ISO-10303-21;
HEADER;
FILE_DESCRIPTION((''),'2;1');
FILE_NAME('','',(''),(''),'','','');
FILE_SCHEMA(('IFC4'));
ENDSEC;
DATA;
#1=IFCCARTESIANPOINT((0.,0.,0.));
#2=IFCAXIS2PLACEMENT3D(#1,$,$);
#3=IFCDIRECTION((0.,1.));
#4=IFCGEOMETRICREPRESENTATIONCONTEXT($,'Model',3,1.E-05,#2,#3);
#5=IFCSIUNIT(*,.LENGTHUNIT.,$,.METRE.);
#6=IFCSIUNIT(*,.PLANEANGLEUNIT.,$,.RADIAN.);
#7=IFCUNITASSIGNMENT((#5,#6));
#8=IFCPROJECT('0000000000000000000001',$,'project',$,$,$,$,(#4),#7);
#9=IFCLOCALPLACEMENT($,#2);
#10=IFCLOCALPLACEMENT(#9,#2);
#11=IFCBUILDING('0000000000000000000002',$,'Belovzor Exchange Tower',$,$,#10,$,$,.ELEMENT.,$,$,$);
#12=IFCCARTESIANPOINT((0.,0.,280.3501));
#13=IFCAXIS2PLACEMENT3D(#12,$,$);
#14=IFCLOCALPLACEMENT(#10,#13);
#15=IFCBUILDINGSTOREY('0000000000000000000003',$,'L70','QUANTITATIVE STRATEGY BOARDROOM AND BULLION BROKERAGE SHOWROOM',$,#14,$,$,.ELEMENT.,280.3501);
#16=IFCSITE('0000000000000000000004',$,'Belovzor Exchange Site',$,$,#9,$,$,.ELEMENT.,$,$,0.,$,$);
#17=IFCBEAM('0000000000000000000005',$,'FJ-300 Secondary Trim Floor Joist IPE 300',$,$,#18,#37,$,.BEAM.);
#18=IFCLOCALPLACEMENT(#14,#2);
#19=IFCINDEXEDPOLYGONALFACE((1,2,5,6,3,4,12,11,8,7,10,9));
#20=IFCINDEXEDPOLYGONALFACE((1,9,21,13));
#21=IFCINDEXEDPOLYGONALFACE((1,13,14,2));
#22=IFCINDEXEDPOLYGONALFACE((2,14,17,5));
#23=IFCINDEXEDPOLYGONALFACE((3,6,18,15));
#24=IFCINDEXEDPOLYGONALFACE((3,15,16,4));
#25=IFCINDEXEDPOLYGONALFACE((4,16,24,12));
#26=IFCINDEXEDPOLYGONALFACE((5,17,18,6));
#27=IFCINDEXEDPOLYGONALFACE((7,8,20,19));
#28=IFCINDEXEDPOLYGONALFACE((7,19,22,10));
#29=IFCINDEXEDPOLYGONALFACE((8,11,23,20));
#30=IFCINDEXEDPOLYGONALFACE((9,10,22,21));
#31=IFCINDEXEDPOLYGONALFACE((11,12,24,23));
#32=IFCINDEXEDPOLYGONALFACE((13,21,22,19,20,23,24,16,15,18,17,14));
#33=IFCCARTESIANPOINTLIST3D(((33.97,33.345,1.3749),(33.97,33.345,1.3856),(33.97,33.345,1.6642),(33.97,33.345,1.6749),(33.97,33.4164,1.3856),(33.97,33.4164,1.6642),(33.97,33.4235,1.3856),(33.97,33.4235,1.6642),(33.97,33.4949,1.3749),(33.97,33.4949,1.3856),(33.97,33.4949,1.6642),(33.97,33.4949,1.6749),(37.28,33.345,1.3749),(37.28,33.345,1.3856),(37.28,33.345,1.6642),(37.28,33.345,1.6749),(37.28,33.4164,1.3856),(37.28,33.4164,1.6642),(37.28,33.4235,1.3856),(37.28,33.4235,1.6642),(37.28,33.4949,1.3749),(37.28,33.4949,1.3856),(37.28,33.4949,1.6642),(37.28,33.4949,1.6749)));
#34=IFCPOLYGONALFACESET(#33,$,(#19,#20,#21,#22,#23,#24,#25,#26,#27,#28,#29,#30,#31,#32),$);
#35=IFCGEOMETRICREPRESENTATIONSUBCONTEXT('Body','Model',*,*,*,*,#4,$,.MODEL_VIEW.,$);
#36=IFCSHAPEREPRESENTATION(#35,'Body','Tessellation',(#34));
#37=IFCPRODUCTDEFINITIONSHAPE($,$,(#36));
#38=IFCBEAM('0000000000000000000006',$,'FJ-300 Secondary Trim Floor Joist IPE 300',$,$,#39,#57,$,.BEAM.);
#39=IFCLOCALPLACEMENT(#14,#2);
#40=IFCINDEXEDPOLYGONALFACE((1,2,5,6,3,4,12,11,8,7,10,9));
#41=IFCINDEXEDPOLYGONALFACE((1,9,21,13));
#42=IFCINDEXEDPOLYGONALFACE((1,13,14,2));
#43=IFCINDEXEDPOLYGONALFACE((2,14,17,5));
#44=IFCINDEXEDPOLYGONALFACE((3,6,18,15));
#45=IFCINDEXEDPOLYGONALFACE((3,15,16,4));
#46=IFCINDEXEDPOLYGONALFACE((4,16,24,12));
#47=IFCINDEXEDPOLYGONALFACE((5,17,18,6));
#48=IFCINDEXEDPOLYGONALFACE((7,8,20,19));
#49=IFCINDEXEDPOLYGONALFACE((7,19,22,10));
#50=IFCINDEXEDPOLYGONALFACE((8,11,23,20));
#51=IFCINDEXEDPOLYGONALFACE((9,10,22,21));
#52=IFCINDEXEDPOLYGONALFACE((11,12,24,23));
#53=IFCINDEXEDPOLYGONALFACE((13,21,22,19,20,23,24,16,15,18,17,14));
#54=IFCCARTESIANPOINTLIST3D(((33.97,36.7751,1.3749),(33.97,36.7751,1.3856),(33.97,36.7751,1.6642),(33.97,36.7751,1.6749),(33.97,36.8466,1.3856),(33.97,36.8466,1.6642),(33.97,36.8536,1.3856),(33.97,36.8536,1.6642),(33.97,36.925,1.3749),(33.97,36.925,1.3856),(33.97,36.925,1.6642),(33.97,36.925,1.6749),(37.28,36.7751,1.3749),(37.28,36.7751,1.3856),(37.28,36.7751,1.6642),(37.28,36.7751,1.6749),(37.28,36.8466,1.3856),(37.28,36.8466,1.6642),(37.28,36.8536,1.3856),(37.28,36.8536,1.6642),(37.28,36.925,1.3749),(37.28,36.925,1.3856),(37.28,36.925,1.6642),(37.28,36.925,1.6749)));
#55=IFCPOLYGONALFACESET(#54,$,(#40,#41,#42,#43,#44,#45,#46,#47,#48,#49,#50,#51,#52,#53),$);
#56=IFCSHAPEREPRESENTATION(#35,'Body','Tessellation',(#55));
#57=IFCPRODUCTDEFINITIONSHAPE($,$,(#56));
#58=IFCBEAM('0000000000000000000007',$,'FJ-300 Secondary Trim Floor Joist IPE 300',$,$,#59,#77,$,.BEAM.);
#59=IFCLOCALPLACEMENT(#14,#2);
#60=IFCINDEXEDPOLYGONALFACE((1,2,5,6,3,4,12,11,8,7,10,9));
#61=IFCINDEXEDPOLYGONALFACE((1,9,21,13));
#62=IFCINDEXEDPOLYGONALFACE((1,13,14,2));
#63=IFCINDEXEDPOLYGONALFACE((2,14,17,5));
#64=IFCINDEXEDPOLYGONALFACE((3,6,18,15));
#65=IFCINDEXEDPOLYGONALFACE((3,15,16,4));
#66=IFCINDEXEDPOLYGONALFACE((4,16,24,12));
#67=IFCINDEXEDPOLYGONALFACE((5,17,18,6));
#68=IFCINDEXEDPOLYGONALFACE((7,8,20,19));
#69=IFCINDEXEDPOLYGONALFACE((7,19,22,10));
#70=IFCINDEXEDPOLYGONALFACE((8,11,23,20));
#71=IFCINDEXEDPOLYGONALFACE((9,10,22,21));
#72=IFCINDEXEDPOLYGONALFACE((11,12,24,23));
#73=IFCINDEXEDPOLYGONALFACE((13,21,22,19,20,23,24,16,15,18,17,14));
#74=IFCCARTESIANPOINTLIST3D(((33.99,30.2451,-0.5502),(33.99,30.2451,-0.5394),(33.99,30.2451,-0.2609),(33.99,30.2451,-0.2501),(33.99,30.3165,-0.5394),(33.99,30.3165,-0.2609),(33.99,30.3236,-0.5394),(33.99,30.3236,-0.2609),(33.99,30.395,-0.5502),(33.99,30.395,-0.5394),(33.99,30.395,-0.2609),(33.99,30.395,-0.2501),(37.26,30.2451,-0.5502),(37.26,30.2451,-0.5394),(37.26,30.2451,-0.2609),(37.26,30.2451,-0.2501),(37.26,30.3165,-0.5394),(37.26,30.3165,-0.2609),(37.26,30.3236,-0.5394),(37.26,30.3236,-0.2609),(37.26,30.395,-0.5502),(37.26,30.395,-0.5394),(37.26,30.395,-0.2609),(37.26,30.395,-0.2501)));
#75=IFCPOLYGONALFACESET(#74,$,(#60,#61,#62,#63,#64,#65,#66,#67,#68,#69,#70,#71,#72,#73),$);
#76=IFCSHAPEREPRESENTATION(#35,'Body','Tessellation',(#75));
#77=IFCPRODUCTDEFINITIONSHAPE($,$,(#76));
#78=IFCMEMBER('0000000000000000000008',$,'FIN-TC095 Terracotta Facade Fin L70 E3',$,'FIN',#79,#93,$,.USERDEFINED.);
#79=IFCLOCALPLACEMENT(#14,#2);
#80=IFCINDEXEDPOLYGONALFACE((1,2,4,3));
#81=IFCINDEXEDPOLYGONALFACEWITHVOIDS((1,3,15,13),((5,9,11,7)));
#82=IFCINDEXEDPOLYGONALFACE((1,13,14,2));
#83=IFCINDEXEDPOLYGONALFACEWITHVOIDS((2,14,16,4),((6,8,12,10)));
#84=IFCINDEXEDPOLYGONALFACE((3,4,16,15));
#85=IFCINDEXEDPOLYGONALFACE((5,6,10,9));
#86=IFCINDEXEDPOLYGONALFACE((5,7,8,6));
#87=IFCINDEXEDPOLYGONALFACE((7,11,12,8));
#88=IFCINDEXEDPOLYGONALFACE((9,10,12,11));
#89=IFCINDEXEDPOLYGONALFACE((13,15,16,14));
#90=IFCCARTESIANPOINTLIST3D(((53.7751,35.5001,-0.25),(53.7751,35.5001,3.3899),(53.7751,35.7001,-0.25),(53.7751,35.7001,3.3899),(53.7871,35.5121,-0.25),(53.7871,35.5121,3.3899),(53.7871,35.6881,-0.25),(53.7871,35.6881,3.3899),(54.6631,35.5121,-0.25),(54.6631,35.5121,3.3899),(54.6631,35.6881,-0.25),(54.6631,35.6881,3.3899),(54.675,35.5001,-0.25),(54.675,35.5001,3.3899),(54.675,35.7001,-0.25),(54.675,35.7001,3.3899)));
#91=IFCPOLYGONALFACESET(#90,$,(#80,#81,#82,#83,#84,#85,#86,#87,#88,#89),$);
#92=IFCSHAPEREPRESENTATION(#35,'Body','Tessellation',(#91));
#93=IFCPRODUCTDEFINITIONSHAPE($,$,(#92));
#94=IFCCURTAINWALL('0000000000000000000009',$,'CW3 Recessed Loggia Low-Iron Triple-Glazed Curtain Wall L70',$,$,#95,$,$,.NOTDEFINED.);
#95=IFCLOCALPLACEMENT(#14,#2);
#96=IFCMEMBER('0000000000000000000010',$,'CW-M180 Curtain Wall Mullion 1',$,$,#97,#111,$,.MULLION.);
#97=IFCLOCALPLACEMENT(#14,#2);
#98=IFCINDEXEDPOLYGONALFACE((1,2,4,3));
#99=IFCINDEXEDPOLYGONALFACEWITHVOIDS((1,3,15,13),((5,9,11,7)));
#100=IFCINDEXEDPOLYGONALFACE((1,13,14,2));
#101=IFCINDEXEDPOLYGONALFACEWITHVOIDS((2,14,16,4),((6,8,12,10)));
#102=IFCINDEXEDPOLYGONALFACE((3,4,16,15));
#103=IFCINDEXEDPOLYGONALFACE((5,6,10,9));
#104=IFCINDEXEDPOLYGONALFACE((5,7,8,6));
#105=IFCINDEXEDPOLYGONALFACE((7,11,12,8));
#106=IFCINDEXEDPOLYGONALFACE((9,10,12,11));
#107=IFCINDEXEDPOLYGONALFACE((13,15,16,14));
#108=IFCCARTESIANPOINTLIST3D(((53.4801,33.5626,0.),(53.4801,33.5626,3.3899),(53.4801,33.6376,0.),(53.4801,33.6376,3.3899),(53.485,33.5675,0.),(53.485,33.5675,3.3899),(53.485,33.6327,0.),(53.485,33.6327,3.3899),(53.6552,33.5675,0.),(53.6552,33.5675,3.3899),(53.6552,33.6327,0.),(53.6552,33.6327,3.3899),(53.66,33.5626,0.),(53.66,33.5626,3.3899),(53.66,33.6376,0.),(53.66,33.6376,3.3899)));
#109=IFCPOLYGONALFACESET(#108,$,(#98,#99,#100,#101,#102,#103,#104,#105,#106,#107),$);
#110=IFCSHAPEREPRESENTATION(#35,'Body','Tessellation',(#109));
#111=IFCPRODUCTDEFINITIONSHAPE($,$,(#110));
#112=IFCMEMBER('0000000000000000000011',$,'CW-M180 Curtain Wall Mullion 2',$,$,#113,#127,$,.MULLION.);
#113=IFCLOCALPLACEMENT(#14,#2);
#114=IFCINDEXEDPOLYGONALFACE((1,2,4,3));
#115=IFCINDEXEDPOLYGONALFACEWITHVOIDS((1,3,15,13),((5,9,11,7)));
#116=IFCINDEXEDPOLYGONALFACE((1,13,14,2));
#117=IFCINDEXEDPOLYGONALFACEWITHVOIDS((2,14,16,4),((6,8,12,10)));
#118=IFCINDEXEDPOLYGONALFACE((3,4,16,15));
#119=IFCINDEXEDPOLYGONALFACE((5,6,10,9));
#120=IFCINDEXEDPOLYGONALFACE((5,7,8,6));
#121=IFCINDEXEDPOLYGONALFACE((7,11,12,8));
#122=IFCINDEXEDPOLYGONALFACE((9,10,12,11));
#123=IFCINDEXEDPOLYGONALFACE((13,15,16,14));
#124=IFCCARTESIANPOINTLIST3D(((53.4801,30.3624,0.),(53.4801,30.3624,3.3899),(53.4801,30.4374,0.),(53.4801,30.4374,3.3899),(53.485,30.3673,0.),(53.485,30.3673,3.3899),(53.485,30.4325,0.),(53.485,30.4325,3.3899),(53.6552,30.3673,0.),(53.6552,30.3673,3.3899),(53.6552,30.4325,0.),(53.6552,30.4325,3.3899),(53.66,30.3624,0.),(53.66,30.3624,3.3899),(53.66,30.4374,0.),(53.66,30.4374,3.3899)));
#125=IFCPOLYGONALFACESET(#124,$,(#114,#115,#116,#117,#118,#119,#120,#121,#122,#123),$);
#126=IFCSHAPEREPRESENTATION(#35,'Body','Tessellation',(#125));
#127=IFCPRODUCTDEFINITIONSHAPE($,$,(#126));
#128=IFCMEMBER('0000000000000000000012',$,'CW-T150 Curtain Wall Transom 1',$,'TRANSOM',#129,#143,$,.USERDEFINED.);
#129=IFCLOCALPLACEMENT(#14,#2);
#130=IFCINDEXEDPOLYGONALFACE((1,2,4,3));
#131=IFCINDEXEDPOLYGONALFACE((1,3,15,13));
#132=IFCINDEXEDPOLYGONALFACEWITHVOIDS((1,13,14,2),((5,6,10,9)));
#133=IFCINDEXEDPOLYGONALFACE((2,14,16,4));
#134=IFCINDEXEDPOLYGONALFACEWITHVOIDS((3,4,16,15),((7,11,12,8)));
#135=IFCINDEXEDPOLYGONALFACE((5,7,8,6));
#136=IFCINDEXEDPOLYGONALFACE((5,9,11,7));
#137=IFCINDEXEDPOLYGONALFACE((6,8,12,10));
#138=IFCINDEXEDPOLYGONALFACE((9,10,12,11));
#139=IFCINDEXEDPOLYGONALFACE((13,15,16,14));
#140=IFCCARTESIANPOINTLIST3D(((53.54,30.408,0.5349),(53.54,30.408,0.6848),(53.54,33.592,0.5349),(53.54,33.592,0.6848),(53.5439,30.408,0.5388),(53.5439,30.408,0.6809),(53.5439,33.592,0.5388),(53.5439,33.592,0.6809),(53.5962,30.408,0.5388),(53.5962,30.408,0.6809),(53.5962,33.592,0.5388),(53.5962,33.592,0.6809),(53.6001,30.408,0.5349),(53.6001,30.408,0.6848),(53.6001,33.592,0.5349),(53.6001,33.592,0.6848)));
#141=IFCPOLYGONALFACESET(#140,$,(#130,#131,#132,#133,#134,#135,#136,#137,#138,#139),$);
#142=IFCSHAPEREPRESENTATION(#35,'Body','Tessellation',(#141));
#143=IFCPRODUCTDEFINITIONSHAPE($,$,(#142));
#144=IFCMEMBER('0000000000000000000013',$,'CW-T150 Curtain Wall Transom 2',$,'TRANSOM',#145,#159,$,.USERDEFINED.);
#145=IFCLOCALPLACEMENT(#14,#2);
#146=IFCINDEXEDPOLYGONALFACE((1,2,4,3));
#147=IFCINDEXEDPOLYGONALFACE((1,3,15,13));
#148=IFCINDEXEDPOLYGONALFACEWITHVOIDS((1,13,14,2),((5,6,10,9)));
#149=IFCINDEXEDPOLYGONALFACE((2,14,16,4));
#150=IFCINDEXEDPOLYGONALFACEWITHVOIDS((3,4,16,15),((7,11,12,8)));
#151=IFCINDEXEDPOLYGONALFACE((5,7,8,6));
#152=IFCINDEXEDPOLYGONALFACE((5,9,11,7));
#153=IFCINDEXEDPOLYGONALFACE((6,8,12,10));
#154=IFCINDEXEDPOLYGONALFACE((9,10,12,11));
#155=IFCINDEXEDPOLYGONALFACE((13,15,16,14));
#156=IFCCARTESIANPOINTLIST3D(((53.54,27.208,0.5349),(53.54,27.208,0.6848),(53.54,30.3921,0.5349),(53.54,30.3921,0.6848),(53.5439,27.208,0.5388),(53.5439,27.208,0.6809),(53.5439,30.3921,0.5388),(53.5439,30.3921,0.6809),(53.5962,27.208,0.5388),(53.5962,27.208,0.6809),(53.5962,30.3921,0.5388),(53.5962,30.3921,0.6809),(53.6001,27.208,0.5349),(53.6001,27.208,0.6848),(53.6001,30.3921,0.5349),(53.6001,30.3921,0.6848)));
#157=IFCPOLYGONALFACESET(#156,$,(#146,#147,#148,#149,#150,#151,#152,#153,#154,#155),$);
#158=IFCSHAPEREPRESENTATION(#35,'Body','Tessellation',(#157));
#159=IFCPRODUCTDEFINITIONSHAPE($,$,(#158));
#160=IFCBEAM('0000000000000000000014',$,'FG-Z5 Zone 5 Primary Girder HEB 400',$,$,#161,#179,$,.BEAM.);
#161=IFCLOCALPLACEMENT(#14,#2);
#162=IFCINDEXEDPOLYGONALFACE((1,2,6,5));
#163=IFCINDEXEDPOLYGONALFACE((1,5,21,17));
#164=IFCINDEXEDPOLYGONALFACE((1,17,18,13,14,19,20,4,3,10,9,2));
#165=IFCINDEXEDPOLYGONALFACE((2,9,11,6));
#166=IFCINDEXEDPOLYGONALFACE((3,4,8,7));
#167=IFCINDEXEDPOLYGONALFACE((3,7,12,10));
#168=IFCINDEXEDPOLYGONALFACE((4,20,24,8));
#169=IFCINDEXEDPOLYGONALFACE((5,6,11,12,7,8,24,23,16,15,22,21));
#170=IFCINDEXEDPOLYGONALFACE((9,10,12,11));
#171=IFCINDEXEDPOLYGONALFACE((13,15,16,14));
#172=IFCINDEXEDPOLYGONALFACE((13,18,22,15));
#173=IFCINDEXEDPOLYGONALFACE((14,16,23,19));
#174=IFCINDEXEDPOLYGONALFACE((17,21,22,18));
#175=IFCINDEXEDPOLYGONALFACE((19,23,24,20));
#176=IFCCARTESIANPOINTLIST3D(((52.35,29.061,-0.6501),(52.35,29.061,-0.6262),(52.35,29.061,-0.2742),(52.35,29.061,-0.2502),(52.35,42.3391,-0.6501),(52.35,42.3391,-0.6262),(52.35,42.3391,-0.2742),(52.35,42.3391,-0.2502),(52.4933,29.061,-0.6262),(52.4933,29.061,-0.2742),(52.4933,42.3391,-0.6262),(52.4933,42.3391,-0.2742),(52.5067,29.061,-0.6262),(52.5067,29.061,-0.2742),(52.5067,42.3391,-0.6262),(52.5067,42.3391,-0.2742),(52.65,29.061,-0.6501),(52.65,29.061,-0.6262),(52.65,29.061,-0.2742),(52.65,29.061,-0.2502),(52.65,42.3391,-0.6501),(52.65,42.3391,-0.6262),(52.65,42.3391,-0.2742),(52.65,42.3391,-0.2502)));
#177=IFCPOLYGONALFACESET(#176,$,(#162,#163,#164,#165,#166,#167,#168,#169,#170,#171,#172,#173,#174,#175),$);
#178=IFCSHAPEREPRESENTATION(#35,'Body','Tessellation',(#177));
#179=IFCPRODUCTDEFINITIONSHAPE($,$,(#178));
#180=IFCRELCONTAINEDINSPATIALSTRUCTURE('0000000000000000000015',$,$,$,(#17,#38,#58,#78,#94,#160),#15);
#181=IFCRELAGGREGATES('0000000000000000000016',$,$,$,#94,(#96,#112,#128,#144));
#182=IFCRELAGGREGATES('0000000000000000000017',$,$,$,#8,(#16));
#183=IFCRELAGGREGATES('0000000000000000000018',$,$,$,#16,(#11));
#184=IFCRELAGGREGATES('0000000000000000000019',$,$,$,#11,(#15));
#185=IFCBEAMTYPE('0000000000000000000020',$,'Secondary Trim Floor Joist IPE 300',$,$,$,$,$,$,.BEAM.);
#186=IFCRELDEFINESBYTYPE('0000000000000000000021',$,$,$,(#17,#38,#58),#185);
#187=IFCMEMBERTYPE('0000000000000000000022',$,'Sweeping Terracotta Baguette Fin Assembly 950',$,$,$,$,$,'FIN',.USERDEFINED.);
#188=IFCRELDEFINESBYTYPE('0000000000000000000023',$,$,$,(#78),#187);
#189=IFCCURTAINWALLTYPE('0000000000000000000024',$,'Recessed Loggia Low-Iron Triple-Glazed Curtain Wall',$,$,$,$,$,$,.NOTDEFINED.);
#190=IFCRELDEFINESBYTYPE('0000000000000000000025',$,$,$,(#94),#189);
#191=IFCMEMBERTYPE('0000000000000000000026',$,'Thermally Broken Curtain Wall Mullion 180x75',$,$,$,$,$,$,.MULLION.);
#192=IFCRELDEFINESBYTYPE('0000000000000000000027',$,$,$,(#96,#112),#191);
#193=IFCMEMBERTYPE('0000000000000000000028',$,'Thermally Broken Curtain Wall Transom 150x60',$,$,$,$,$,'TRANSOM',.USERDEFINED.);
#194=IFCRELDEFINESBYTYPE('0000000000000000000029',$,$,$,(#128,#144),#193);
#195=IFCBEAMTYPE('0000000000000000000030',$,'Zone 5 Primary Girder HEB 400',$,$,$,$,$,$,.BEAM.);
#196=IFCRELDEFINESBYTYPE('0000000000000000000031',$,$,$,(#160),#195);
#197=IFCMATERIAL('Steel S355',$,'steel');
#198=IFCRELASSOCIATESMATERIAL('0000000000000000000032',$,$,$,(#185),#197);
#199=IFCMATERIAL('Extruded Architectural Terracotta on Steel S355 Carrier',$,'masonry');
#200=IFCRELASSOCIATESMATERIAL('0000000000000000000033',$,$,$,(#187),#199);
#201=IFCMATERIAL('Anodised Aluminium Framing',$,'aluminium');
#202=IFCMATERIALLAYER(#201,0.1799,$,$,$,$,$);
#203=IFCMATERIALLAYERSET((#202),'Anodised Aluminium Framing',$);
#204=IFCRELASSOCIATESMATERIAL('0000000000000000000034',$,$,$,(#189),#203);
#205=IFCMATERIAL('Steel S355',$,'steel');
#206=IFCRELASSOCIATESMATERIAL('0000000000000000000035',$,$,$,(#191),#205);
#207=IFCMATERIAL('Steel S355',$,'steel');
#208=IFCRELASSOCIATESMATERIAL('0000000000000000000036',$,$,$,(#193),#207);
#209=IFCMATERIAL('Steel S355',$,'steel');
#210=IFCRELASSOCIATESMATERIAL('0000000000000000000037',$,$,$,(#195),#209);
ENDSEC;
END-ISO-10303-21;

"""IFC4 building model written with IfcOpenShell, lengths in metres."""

from ifc_helpers import new_model, si_unit, direction, frame, origin, origin_2d, place, context, subcontext, project, spatial, hollow_rectangle, i_section, extrude, material, layer, layer_set, material_profile, profile_set, type_object, element, aggregate, save


model = new_model("IFC4")

# Units and contexts
model_context = context("Model", 3, precision=1e-05, world=origin(), true_north=direction((0.0, 1.0)))
body_context = subcontext(model_context, "Body", "Model", "MODEL_VIEW")
ifc_project = project(units=[si_unit("LENGTHUNIT", "METRE"), si_unit("PLANEANGLEUNIT", "RADIAN")], contexts=[model_context])

# Site, building, storey
site_placement = place(None, origin())
site = spatial("IfcSite", under=ifc_project, at=site_placement, Name="Belovzor Exchange Site", CompositionType="ELEMENT", RefElevation=0.0)
building_placement = place(site_placement, origin())
building = spatial("IfcBuilding", under=site, at=building_placement, Name="Belovzor Exchange Tower", CompositionType="ELEMENT")
storey_placement = place(building_placement, frame((0.0, 0.0, 280.3501)))
storey = spatial("IfcBuildingStorey", under=building, at=storey_placement, Name="L70", Description="QUANTITATIVE STRATEGY BOARDROOM AND BULLION BROKERAGE SHOWROOM", CompositionType="ELEMENT", Elevation=280.3501)

# Beams
ifc_material_1 = material(Name="Steel S355", Category="steel")
ifc_material_profile_1 = material_profile(ifc_material_1, i_section(OverallWidth=0.1499, OverallDepth=0.3, WebThickness=0.0071, FlangeThickness=0.0107, at=origin_2d()))
ifc_profile_set_1 = profile_set([ifc_material_profile_1], Name="Steel S355")
beam_type_1 = type_object("IfcBeamType", Name="Secondary Trim Floor Joist IPE 300", PredefinedType="BEAM", material=ifc_profile_set_1)
for number, where, z_axis, x_axis, name in (
    (1, (37.28, 33.4199, 1.5249), (-1.0, 0.0, 0.0), (0.0, -1.0, 0.0), "FJ-300 Secondary Trim Floor Joist IPE 300"),
    (2, (37.28, 36.8501, 1.5249), (-1.0, 0.0, 0.0), (0.0, -1.0, 0.0), "FJ-300 Secondary Trim Floor Joist IPE 300"),
):
    element("IfcBeam", number, at=place(storey_placement, frame(where, z_axis=z_axis, x_axis=x_axis)), inside=storey, type_object=beam_type_1, Name=name, PredefinedType="BEAM", context=body_context, shape_type="SweptSolid", body=[
        extrude(i_section(OverallWidth=0.1499, OverallDepth=0.3, WebThickness=0.0071, FlangeThickness=0.0107, at=origin_2d()), origin(), (0.0, 0.0, 1.0), 3.3101),
    ])
beam_1_placement = place(storey_placement, frame((37.26, 30.3201, -0.4001), z_axis=(-1.0, 0.0, 0.0), x_axis=(0.0, -1.0, 0.0)))
element("IfcBeam", 3, at=beam_1_placement, inside=storey, type_object=beam_type_1, Name="FJ-300 Secondary Trim Floor Joist IPE 300", PredefinedType="BEAM", context=body_context, shape_type="SweptSolid", body=[
    extrude(i_section(OverallWidth=0.1499, OverallDepth=0.3, WebThickness=0.0071, FlangeThickness=0.0107, at=origin_2d()), origin(), (0.0, 0.0, 1.0), 3.27),
])

# Member
ifc_material_2 = material(Name="Extruded Architectural Terracotta on Steel S355 Carrier", Category="masonry")
ifc_material_profile_2 = material_profile(ifc_material_2, hollow_rectangle(XDim=0.2, YDim=0.8999, WallThickness=0.012, at=origin_2d()))
ifc_profile_set_2 = profile_set([ifc_material_profile_2], Name="Extruded Architectural Terracotta on Steel S355 Carrier")
member_type_1 = type_object("IfcMemberType", Name="Sweeping Terracotta Baguette Fin Assembly 950", ElementType="FIN", PredefinedType="USERDEFINED", material=ifc_profile_set_2)
member_1_placement = place(storey_placement, frame((54.2251, 35.6001, -0.25), z_axis=(0.0, 0.0, 1.0), x_axis=(0.0, 1.0, 0.0)))
element("IfcMember", 4, at=member_1_placement, inside=storey, type_object=member_type_1, Name="FIN-TC095 Terracotta Facade Fin L70 E3", ObjectType="FIN", PredefinedType="USERDEFINED", context=body_context, shape_type="SweptSolid", body=[
    extrude(hollow_rectangle(XDim=0.2, YDim=0.8999, WallThickness=0.012, at=origin_2d()), origin(), (0.0, 0.0, 1.0), 3.6399),
])

# Curtain wall, members
ifc_material_3 = material(Name="Anodised Aluminium Framing", Category="aluminium")
ifc_layer_1 = layer(ifc_material_3, 0.1799)
ifc_layer_set_1 = layer_set([ifc_layer_1], Name="Anodised Aluminium Framing")
curtain_wall_type = type_object("IfcCurtainWallType", Name="Recessed Loggia Low-Iron Triple-Glazed Curtain Wall", PredefinedType="NOTDEFINED", material=ifc_layer_set_1)
curtain_wall_placement = place(storey_placement, origin())
curtain_wall = element("IfcCurtainWall", 5, at=curtain_wall_placement, inside=storey, type_object=curtain_wall_type, Name="CW3 Recessed Loggia Low-Iron Triple-Glazed Curtain Wall L70", PredefinedType="NOTDEFINED")
ifc_material_4 = material(Name="Steel S355", Category="steel")
ifc_material_profile_3 = material_profile(ifc_material_4, hollow_rectangle(XDim=0.075, YDim=0.1799, WallThickness=0.0049, at=origin_2d()))
ifc_profile_set_3 = profile_set([ifc_material_profile_3], Name="Steel S355")
member_type_2 = type_object("IfcMemberType", Name="Thermally Broken Curtain Wall Mullion 180x75", PredefinedType="MULLION", material=ifc_profile_set_3)
member_2_placement = place(storey_placement, frame((53.5701, 33.6001, 0.0), z_axis=(0.0, 0.0, 1.0), x_axis=(0.0, -1.0, 0.0)))
member_2 = element("IfcMember", 6, at=member_2_placement, type_object=member_type_2, Name="CW-M180 Curtain Wall Mullion 1", PredefinedType="MULLION", context=body_context, shape_type="SweptSolid", body=[
    extrude(hollow_rectangle(XDim=0.075, YDim=0.1799, WallThickness=0.0049, at=origin_2d()), origin(), (0.0, 0.0, 1.0), 3.3899),
])
member_3_placement = place(storey_placement, frame((53.5701, 30.3999, 0.0), z_axis=(0.0, 0.0, 1.0), x_axis=(0.0, -1.0, 0.0)))
member_3 = element("IfcMember", 7, at=member_3_placement, type_object=member_type_2, Name="CW-M180 Curtain Wall Mullion 2", PredefinedType="MULLION", context=body_context, shape_type="SweptSolid", body=[
    extrude(hollow_rectangle(XDim=0.075, YDim=0.1799, WallThickness=0.0049, at=origin_2d()), origin(), (0.0, 0.0, 1.0), 3.3899),
])
ifc_material_5 = material(Name="Steel S355", Category="steel")
ifc_material_profile_4 = material_profile(ifc_material_5, hollow_rectangle(XDim=0.0601, YDim=0.1499, WallThickness=0.0039, at=origin_2d()))
ifc_profile_set_4 = profile_set([ifc_material_profile_4], Name="Steel S355")
member_type_3 = type_object("IfcMemberType", Name="Thermally Broken Curtain Wall Transom 150x60", ElementType="TRANSOM", PredefinedType="USERDEFINED", material=ifc_profile_set_4)
member_4_placement = place(storey_placement, frame((53.5701, 33.592, 0.6099), z_axis=(0.0, -1.0, 0.0), x_axis=(1.0, 0.0, 0.0)))
member_4 = element("IfcMember", 8, at=member_4_placement, type_object=member_type_3, Name="CW-T150 Curtain Wall Transom 1", ObjectType="TRANSOM", PredefinedType="USERDEFINED", context=body_context, shape_type="SweptSolid", body=[
    extrude(hollow_rectangle(XDim=0.0601, YDim=0.1499, WallThickness=0.0039, at=origin_2d()), origin(), (0.0, 0.0, 1.0), 3.1841),
])
member_5_placement = place(storey_placement, frame((53.5701, 30.3921, 0.6099), z_axis=(0.0, -1.0, 0.0), x_axis=(1.0, 0.0, 0.0)))
member_5 = element("IfcMember", 9, at=member_5_placement, type_object=member_type_3, Name="CW-T150 Curtain Wall Transom 2", ObjectType="TRANSOM", PredefinedType="USERDEFINED", context=body_context, shape_type="SweptSolid", body=[
    extrude(hollow_rectangle(XDim=0.0601, YDim=0.1499, WallThickness=0.0039, at=origin_2d()), origin(), (0.0, 0.0, 1.0), 3.1841),
])

# Beam
ifc_material_6 = material(Name="Steel S355", Category="steel")
ifc_material_profile_5 = material_profile(ifc_material_6, i_section(OverallWidth=0.3, OverallDepth=0.3999, WebThickness=0.0134, FlangeThickness=0.0239, at=origin_2d()))
ifc_profile_set_5 = profile_set([ifc_material_profile_5], Name="Steel S355")
beam_type_2 = type_object("IfcBeamType", Name="Zone 5 Primary Girder HEB 400", PredefinedType="BEAM", material=ifc_profile_set_5)
beam_2_placement = place(storey_placement, frame((52.5, 29.061, -0.4502), z_axis=(0.0, 1.0, 0.0), x_axis=(-1.0, 0.0, 0.0)))
element("IfcBeam", 10, at=beam_2_placement, inside=storey, type_object=beam_type_2, Name="FG-Z5 Zone 5 Primary Girder HEB 400", PredefinedType="BEAM", context=body_context, shape_type="SweptSolid", body=[
    extrude(i_section(OverallWidth=0.3, OverallDepth=0.3999, WebThickness=0.0134, FlangeThickness=0.0239, at=origin_2d()), origin(), (0.0, 0.0, 1.0), 13.2781),
])

aggregate(curtain_wall, [member_2, member_3, member_4, member_5])

save(model, "model.ifc")
